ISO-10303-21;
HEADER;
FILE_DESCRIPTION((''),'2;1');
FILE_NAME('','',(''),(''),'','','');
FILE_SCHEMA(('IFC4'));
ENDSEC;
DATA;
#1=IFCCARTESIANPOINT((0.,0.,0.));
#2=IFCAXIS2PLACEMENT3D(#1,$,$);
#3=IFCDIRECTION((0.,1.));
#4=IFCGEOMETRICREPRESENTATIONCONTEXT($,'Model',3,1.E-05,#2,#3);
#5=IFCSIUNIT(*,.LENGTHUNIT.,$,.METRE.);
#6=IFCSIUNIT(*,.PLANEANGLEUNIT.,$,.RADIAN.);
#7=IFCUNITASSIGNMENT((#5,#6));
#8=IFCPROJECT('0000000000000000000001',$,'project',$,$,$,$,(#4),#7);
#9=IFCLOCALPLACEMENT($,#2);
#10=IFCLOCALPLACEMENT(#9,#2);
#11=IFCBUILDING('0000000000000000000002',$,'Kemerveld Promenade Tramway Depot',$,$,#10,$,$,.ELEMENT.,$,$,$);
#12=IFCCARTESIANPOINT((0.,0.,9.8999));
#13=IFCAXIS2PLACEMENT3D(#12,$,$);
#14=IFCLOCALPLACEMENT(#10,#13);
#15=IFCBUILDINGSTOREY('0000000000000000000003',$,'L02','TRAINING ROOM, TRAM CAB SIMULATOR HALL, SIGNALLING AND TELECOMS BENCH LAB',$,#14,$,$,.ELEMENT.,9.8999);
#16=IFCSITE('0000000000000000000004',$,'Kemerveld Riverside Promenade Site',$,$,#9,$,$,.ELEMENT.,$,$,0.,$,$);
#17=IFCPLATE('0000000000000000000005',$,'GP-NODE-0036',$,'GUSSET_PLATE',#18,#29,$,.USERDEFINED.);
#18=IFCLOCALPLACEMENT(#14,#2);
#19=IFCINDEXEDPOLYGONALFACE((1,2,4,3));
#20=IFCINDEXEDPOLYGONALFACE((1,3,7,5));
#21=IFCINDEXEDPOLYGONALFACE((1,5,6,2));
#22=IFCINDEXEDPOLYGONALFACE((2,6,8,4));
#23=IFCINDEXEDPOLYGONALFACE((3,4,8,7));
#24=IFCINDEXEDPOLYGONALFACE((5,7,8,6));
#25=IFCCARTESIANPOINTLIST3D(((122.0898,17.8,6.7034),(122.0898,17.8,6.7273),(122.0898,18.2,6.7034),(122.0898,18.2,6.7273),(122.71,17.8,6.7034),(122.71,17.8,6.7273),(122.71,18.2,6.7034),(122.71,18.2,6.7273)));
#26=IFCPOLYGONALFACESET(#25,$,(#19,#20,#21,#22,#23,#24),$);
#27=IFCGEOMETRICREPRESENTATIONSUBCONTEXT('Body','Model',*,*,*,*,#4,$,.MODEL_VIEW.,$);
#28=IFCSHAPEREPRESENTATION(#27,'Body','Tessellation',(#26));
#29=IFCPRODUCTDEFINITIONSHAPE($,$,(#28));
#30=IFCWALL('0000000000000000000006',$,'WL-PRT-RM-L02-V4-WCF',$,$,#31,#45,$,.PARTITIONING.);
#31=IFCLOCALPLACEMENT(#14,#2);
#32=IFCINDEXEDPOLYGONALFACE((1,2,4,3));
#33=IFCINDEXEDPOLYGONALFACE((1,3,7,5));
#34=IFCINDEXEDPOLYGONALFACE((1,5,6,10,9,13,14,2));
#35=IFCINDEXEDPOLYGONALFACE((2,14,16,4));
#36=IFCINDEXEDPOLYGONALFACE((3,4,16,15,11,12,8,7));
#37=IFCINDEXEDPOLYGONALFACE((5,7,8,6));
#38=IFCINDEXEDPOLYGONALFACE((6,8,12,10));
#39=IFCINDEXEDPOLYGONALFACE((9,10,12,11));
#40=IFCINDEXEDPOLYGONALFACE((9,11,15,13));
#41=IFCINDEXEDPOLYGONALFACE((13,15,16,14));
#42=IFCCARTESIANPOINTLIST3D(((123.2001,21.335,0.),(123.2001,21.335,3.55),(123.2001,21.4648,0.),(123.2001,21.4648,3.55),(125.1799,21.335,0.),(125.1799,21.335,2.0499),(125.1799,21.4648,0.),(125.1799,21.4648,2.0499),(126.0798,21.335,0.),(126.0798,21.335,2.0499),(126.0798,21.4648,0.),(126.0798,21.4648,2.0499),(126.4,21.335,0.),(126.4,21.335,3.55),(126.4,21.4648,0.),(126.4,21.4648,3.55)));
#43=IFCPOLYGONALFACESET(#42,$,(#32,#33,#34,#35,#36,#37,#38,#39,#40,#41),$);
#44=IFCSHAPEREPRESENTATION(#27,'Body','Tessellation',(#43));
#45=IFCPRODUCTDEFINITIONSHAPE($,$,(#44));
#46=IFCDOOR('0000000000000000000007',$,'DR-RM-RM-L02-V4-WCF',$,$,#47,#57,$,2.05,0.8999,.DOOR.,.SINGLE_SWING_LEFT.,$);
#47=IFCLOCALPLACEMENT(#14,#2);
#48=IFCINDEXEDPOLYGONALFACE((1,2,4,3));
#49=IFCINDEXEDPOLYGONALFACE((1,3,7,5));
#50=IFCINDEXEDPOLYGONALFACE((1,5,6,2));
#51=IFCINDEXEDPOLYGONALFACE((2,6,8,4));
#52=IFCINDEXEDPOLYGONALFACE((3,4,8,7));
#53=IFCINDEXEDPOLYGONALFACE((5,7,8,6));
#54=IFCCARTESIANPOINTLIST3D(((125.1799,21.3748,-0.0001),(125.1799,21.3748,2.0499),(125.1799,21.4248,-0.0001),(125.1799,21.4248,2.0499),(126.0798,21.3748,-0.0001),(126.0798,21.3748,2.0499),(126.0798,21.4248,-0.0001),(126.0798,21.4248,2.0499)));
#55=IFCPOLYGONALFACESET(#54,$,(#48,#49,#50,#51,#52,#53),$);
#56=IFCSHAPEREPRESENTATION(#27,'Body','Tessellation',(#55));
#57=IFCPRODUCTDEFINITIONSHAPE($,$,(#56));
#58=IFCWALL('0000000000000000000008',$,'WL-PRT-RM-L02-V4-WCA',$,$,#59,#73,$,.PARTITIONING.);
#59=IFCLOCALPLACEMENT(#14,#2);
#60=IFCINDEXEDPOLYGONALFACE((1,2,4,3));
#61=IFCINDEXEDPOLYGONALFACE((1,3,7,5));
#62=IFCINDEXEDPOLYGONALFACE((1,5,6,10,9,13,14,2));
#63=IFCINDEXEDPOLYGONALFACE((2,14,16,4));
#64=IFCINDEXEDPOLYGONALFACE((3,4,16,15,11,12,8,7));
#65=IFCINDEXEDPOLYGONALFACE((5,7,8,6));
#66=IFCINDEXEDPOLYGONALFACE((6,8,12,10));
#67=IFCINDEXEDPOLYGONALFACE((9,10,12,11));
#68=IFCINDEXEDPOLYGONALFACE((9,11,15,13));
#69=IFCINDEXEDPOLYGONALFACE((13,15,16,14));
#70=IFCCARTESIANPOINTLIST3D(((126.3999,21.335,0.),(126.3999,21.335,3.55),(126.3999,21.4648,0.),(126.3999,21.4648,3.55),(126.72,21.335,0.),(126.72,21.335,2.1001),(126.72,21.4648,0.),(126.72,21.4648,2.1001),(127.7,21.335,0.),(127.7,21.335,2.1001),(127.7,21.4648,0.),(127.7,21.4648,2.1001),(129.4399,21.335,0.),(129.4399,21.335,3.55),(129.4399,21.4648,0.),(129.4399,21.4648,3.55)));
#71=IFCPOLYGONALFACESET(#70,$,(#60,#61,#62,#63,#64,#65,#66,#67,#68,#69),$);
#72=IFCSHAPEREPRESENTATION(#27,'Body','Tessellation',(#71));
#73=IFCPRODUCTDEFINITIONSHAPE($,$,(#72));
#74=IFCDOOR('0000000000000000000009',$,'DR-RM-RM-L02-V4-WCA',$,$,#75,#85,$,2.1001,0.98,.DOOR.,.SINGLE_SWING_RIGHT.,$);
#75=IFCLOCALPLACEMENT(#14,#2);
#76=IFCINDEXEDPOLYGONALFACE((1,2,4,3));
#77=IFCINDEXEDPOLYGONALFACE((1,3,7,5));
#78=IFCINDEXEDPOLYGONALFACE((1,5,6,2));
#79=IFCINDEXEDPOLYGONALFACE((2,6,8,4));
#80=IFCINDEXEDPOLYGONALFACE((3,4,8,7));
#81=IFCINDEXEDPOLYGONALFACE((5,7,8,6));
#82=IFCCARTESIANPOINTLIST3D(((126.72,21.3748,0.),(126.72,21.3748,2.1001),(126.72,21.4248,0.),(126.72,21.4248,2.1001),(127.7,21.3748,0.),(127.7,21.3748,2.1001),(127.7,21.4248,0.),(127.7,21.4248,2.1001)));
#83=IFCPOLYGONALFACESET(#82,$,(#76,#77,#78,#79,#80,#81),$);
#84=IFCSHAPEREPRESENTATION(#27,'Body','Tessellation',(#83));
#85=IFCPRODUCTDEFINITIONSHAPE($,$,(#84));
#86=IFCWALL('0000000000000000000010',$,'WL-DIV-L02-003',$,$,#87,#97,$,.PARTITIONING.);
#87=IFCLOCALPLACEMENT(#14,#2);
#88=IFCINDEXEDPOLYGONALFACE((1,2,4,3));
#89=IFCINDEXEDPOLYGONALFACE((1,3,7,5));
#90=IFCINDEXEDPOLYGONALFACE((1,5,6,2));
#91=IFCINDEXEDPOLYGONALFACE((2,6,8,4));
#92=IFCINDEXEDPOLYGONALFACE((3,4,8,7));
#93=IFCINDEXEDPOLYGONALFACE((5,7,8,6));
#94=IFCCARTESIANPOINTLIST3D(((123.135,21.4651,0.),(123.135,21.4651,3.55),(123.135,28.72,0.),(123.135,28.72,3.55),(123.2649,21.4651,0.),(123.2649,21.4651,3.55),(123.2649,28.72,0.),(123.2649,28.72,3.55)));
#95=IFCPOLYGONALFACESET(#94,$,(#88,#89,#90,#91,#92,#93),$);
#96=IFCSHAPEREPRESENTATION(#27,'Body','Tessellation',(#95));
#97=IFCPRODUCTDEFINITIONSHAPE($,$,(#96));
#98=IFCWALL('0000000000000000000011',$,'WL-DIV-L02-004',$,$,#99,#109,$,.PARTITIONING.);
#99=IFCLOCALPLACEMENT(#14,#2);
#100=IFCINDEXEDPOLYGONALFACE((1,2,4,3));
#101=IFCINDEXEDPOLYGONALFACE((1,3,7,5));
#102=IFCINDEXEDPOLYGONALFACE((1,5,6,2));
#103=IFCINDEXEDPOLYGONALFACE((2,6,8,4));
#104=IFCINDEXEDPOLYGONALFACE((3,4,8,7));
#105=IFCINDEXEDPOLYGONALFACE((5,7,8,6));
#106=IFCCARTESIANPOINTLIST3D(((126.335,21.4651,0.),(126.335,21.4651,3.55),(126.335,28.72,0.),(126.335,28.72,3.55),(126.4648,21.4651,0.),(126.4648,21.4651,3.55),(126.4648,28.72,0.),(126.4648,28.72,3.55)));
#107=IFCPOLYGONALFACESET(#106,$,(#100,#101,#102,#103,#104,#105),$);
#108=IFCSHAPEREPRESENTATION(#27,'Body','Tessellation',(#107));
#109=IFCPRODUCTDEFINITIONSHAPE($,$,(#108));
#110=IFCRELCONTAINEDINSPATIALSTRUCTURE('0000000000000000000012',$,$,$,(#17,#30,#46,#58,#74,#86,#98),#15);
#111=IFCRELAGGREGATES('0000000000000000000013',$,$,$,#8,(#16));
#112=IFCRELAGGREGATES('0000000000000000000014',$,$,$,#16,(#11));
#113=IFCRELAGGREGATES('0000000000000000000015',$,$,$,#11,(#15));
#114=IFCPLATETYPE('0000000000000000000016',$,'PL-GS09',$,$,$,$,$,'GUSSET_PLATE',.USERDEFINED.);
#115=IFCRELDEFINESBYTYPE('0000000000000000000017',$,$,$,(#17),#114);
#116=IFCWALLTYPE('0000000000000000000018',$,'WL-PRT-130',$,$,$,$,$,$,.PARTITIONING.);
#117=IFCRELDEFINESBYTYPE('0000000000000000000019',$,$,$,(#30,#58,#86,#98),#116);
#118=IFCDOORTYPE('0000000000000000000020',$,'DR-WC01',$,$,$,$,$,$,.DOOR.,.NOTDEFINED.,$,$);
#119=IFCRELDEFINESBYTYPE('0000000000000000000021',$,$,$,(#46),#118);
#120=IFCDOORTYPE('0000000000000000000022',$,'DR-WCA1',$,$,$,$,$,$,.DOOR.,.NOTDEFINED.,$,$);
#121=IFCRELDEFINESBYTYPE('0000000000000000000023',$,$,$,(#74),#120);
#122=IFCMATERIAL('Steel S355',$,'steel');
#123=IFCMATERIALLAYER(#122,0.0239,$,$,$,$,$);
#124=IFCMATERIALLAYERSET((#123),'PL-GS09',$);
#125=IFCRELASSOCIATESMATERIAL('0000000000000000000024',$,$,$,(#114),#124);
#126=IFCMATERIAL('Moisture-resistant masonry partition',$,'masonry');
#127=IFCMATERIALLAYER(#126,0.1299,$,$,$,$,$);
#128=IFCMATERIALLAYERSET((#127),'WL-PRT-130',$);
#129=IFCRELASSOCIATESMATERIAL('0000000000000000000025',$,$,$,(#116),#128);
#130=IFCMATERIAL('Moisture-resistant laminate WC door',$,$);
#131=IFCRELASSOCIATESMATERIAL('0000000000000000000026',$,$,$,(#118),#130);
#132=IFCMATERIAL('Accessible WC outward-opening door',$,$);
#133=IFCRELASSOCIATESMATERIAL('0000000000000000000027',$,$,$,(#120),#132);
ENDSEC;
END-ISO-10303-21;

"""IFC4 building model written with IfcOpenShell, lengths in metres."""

from ifc_helpers import new_model, si_unit, direction, frame, frame_2d, origin, origin_2d, place, context, subcontext, project, spatial, rectangle, extrude, material, layer, layer_set, type_object, element, fill, save


model = new_model("IFC4")

# Units and contexts
model_context = context("Model", 3, precision=1e-05, world=origin(), true_north=direction((0.0, 1.0)))
body_context = subcontext(model_context, "Body", "Model", "MODEL_VIEW")
ifc_project = project(units=[si_unit("LENGTHUNIT", "METRE"), si_unit("PLANEANGLEUNIT", "RADIAN")], contexts=[model_context])

# Site, building, storey
site_placement = place(None, origin())
site = spatial("IfcSite", under=ifc_project, at=site_placement, Name="Kemerveld Riverside Promenade Site", CompositionType="ELEMENT", RefElevation=0.0)
building_placement = place(site_placement, origin())
building = spatial("IfcBuilding", under=site, at=building_placement, Name="Kemerveld Promenade Tramway Depot", CompositionType="ELEMENT")
storey_placement = place(building_placement, frame((0.0, 0.0, 9.8999)))
storey = spatial("IfcBuildingStorey", under=building, at=storey_placement, Name="L02", Description="TRAINING ROOM, TRAM CAB SIMULATOR HALL, SIGNALLING AND TELECOMS BENCH LAB", CompositionType="ELEMENT", Elevation=9.8999)

# Shared definitions
ifc_material_1 = material(Name="Steel S355", Category="steel")

# Plate
ifc_layer_1 = layer(ifc_material_1, 0.0239)
ifc_layer_set_1 = layer_set([ifc_layer_1], Name="PL-GS09")
plate_type_1 = type_object("IfcPlateType", Name="PL-GS09", ElementType="GUSSET_PLATE", PredefinedType="USERDEFINED", material=ifc_layer_set_1)
plate_1_placement = place(storey_placement, frame((122.3999, 18.0, 6.7034), z_axis=(0.0, 0.0, 1.0), x_axis=(1.0, 0.0, 0.0)))
element("IfcPlate", 1, at=plate_1_placement, inside=storey, type_object=plate_type_1, Name="GP-NODE-0036", ObjectType="GUSSET_PLATE", PredefinedType="USERDEFINED", context=body_context, shape_type="SweptSolid", body=[
    extrude(rectangle(XDim=0.6201, YDim=0.3999, at=origin_2d()), origin(), (0.0, 0.0, 1.0), 0.0239),
])

# Walls, openings, doors
ifc_material_2 = material(Name="Moisture-resistant masonry partition", Category="masonry")
ifc_layer_2 = layer(ifc_material_2, 0.1299)
ifc_layer_set_2 = layer_set([ifc_layer_2], Name="WL-PRT-130")
wall_type = type_object("IfcWallType", Name="WL-PRT-130", PredefinedType="PARTITIONING", material=ifc_layer_set_2)
wall_1_placement = place(storey_placement, frame((123.2, 21.3999, 0.0), z_axis=(0.0, 0.0, 1.0), x_axis=(1.0, 0.0, 0.0)))
wall_1 = element("IfcWall", 2, at=wall_1_placement, inside=storey, type_object=wall_type, Name="WL-PRT-RM-L02-V4-WCF", PredefinedType="PARTITIONING", context=body_context, shape_type="SweptSolid", body=[
    extrude(rectangle(XDim=3.2, YDim=0.1299, at=frame_2d((1.6001, 0.0))), origin(), (0.0, 0.0, 1.0), 3.55),
])
opening_1_placement = place(wall_1_placement, frame((1.98, 0.0, 0.0)))
opening_1 = element("IfcOpeningElement", 3, at=opening_1_placement, cuts=wall_1, PredefinedType="OPENING", context=body_context, shape_type="SweptSolid", body=[
    extrude(rectangle(XDim=0.8999, YDim=2.05, at=frame_2d((0.45, 1.0249))), frame((0.0, 0.075, 0.0), z_axis=(0.0, -1.0, 0.0), x_axis=(1.0, 0.0, 0.0)), (0.0, 0.0, 1.0), 0.1499),
])
ifc_material_3 = material(Name="Moisture-resistant laminate WC door")
door_type_1 = type_object("IfcDoorType", Name="DR-WC01", OperationType="NOTDEFINED", PredefinedType="DOOR", material=ifc_material_3)
door_1_placement = place(opening_1_placement, origin())
door_1 = element("IfcDoor", 4, at=door_1_placement, inside=storey, type_object=door_type_1, Name="DR-RM-RM-L02-V4-WCF", OperationType="SINGLE_SWING_LEFT", OverallHeight=2.05, OverallWidth=0.8999, PredefinedType="DOOR", context=body_context, shape_type="SweptSolid", body=[
    extrude(rectangle(XDim=0.8999, YDim=2.05, at=frame_2d((0.45, 1.0249))), frame((0.0, 0.0249, 0.0), z_axis=(0.0, -1.0, 0.0), x_axis=(1.0, 0.0, 0.0)), (0.0, 0.0, 1.0), 0.05),
])
fill(opening_1, door_1)
wall_2_placement = place(storey_placement, frame((126.3999, 21.3999, 0.0), z_axis=(0.0, 0.0, 1.0), x_axis=(1.0, 0.0, 0.0)))
wall_2 = element("IfcWall", 5, at=wall_2_placement, inside=storey, type_object=wall_type, Name="WL-PRT-RM-L02-V4-WCA", PredefinedType="PARTITIONING", context=body_context, shape_type="SweptSolid", body=[
    extrude(rectangle(XDim=3.04, YDim=0.1299, at=frame_2d((1.52, 0.0))), origin(), (0.0, 0.0, 1.0), 3.55),
])
opening_2_placement = place(wall_2_placement, frame((0.3201, 0.0, 0.0)))
opening_2 = element("IfcOpeningElement", 6, at=opening_2_placement, cuts=wall_2, PredefinedType="OPENING", context=body_context, shape_type="SweptSolid", body=[
    extrude(rectangle(XDim=0.98, YDim=2.1001, at=frame_2d((0.49, 1.05))), frame((0.0, 0.075, 0.0), z_axis=(0.0, -1.0, 0.0), x_axis=(1.0, 0.0, 0.0)), (0.0, 0.0, 1.0), 0.1499),
])
ifc_material_4 = material(Name="Accessible WC outward-opening door")
door_type_2 = type_object("IfcDoorType", Name="DR-WCA1", OperationType="NOTDEFINED", PredefinedType="DOOR", material=ifc_material_4)
door_2_placement = place(opening_2_placement, origin())
door_2 = element("IfcDoor", 7, at=door_2_placement, inside=storey, type_object=door_type_2, Name="DR-RM-RM-L02-V4-WCA", OperationType="SINGLE_SWING_RIGHT", OverallHeight=2.1001, OverallWidth=0.98, PredefinedType="DOOR", context=body_context, shape_type="SweptSolid", body=[
    extrude(rectangle(XDim=0.98, YDim=2.1001, at=frame_2d((0.49, 1.05))), frame((0.0, 0.0249, 0.0), z_axis=(0.0, -1.0, 0.0), x_axis=(1.0, 0.0, 0.0)), (0.0, 0.0, 1.0), 0.05),
])
fill(opening_2, door_2)

# Walls
for number, where, z_axis, x_axis, name in (
    (8, (123.2, 21.4651, 0.0), (0.0, 0.0, 1.0), (0.0, 1.0, 0.0), "WL-DIV-L02-003"),
    (9, (126.3999, 21.4651, 0.0), (0.0, 0.0, 1.0), (0.0, 1.0, 0.0), "WL-DIV-L02-004"),
):
    element("IfcWall", number, at=place(storey_placement, frame(where, z_axis=z_axis, x_axis=x_axis)), inside=storey, type_object=wall_type, Name=name, PredefinedType="PARTITIONING", context=body_context, shape_type="SweptSolid", body=[
        extrude(rectangle(XDim=7.2549, YDim=0.1299, at=frame_2d((3.6274, 0.0))), origin(), (0.0, 0.0, 1.0), 3.55),
    ])

save(model, "model.ifc")
